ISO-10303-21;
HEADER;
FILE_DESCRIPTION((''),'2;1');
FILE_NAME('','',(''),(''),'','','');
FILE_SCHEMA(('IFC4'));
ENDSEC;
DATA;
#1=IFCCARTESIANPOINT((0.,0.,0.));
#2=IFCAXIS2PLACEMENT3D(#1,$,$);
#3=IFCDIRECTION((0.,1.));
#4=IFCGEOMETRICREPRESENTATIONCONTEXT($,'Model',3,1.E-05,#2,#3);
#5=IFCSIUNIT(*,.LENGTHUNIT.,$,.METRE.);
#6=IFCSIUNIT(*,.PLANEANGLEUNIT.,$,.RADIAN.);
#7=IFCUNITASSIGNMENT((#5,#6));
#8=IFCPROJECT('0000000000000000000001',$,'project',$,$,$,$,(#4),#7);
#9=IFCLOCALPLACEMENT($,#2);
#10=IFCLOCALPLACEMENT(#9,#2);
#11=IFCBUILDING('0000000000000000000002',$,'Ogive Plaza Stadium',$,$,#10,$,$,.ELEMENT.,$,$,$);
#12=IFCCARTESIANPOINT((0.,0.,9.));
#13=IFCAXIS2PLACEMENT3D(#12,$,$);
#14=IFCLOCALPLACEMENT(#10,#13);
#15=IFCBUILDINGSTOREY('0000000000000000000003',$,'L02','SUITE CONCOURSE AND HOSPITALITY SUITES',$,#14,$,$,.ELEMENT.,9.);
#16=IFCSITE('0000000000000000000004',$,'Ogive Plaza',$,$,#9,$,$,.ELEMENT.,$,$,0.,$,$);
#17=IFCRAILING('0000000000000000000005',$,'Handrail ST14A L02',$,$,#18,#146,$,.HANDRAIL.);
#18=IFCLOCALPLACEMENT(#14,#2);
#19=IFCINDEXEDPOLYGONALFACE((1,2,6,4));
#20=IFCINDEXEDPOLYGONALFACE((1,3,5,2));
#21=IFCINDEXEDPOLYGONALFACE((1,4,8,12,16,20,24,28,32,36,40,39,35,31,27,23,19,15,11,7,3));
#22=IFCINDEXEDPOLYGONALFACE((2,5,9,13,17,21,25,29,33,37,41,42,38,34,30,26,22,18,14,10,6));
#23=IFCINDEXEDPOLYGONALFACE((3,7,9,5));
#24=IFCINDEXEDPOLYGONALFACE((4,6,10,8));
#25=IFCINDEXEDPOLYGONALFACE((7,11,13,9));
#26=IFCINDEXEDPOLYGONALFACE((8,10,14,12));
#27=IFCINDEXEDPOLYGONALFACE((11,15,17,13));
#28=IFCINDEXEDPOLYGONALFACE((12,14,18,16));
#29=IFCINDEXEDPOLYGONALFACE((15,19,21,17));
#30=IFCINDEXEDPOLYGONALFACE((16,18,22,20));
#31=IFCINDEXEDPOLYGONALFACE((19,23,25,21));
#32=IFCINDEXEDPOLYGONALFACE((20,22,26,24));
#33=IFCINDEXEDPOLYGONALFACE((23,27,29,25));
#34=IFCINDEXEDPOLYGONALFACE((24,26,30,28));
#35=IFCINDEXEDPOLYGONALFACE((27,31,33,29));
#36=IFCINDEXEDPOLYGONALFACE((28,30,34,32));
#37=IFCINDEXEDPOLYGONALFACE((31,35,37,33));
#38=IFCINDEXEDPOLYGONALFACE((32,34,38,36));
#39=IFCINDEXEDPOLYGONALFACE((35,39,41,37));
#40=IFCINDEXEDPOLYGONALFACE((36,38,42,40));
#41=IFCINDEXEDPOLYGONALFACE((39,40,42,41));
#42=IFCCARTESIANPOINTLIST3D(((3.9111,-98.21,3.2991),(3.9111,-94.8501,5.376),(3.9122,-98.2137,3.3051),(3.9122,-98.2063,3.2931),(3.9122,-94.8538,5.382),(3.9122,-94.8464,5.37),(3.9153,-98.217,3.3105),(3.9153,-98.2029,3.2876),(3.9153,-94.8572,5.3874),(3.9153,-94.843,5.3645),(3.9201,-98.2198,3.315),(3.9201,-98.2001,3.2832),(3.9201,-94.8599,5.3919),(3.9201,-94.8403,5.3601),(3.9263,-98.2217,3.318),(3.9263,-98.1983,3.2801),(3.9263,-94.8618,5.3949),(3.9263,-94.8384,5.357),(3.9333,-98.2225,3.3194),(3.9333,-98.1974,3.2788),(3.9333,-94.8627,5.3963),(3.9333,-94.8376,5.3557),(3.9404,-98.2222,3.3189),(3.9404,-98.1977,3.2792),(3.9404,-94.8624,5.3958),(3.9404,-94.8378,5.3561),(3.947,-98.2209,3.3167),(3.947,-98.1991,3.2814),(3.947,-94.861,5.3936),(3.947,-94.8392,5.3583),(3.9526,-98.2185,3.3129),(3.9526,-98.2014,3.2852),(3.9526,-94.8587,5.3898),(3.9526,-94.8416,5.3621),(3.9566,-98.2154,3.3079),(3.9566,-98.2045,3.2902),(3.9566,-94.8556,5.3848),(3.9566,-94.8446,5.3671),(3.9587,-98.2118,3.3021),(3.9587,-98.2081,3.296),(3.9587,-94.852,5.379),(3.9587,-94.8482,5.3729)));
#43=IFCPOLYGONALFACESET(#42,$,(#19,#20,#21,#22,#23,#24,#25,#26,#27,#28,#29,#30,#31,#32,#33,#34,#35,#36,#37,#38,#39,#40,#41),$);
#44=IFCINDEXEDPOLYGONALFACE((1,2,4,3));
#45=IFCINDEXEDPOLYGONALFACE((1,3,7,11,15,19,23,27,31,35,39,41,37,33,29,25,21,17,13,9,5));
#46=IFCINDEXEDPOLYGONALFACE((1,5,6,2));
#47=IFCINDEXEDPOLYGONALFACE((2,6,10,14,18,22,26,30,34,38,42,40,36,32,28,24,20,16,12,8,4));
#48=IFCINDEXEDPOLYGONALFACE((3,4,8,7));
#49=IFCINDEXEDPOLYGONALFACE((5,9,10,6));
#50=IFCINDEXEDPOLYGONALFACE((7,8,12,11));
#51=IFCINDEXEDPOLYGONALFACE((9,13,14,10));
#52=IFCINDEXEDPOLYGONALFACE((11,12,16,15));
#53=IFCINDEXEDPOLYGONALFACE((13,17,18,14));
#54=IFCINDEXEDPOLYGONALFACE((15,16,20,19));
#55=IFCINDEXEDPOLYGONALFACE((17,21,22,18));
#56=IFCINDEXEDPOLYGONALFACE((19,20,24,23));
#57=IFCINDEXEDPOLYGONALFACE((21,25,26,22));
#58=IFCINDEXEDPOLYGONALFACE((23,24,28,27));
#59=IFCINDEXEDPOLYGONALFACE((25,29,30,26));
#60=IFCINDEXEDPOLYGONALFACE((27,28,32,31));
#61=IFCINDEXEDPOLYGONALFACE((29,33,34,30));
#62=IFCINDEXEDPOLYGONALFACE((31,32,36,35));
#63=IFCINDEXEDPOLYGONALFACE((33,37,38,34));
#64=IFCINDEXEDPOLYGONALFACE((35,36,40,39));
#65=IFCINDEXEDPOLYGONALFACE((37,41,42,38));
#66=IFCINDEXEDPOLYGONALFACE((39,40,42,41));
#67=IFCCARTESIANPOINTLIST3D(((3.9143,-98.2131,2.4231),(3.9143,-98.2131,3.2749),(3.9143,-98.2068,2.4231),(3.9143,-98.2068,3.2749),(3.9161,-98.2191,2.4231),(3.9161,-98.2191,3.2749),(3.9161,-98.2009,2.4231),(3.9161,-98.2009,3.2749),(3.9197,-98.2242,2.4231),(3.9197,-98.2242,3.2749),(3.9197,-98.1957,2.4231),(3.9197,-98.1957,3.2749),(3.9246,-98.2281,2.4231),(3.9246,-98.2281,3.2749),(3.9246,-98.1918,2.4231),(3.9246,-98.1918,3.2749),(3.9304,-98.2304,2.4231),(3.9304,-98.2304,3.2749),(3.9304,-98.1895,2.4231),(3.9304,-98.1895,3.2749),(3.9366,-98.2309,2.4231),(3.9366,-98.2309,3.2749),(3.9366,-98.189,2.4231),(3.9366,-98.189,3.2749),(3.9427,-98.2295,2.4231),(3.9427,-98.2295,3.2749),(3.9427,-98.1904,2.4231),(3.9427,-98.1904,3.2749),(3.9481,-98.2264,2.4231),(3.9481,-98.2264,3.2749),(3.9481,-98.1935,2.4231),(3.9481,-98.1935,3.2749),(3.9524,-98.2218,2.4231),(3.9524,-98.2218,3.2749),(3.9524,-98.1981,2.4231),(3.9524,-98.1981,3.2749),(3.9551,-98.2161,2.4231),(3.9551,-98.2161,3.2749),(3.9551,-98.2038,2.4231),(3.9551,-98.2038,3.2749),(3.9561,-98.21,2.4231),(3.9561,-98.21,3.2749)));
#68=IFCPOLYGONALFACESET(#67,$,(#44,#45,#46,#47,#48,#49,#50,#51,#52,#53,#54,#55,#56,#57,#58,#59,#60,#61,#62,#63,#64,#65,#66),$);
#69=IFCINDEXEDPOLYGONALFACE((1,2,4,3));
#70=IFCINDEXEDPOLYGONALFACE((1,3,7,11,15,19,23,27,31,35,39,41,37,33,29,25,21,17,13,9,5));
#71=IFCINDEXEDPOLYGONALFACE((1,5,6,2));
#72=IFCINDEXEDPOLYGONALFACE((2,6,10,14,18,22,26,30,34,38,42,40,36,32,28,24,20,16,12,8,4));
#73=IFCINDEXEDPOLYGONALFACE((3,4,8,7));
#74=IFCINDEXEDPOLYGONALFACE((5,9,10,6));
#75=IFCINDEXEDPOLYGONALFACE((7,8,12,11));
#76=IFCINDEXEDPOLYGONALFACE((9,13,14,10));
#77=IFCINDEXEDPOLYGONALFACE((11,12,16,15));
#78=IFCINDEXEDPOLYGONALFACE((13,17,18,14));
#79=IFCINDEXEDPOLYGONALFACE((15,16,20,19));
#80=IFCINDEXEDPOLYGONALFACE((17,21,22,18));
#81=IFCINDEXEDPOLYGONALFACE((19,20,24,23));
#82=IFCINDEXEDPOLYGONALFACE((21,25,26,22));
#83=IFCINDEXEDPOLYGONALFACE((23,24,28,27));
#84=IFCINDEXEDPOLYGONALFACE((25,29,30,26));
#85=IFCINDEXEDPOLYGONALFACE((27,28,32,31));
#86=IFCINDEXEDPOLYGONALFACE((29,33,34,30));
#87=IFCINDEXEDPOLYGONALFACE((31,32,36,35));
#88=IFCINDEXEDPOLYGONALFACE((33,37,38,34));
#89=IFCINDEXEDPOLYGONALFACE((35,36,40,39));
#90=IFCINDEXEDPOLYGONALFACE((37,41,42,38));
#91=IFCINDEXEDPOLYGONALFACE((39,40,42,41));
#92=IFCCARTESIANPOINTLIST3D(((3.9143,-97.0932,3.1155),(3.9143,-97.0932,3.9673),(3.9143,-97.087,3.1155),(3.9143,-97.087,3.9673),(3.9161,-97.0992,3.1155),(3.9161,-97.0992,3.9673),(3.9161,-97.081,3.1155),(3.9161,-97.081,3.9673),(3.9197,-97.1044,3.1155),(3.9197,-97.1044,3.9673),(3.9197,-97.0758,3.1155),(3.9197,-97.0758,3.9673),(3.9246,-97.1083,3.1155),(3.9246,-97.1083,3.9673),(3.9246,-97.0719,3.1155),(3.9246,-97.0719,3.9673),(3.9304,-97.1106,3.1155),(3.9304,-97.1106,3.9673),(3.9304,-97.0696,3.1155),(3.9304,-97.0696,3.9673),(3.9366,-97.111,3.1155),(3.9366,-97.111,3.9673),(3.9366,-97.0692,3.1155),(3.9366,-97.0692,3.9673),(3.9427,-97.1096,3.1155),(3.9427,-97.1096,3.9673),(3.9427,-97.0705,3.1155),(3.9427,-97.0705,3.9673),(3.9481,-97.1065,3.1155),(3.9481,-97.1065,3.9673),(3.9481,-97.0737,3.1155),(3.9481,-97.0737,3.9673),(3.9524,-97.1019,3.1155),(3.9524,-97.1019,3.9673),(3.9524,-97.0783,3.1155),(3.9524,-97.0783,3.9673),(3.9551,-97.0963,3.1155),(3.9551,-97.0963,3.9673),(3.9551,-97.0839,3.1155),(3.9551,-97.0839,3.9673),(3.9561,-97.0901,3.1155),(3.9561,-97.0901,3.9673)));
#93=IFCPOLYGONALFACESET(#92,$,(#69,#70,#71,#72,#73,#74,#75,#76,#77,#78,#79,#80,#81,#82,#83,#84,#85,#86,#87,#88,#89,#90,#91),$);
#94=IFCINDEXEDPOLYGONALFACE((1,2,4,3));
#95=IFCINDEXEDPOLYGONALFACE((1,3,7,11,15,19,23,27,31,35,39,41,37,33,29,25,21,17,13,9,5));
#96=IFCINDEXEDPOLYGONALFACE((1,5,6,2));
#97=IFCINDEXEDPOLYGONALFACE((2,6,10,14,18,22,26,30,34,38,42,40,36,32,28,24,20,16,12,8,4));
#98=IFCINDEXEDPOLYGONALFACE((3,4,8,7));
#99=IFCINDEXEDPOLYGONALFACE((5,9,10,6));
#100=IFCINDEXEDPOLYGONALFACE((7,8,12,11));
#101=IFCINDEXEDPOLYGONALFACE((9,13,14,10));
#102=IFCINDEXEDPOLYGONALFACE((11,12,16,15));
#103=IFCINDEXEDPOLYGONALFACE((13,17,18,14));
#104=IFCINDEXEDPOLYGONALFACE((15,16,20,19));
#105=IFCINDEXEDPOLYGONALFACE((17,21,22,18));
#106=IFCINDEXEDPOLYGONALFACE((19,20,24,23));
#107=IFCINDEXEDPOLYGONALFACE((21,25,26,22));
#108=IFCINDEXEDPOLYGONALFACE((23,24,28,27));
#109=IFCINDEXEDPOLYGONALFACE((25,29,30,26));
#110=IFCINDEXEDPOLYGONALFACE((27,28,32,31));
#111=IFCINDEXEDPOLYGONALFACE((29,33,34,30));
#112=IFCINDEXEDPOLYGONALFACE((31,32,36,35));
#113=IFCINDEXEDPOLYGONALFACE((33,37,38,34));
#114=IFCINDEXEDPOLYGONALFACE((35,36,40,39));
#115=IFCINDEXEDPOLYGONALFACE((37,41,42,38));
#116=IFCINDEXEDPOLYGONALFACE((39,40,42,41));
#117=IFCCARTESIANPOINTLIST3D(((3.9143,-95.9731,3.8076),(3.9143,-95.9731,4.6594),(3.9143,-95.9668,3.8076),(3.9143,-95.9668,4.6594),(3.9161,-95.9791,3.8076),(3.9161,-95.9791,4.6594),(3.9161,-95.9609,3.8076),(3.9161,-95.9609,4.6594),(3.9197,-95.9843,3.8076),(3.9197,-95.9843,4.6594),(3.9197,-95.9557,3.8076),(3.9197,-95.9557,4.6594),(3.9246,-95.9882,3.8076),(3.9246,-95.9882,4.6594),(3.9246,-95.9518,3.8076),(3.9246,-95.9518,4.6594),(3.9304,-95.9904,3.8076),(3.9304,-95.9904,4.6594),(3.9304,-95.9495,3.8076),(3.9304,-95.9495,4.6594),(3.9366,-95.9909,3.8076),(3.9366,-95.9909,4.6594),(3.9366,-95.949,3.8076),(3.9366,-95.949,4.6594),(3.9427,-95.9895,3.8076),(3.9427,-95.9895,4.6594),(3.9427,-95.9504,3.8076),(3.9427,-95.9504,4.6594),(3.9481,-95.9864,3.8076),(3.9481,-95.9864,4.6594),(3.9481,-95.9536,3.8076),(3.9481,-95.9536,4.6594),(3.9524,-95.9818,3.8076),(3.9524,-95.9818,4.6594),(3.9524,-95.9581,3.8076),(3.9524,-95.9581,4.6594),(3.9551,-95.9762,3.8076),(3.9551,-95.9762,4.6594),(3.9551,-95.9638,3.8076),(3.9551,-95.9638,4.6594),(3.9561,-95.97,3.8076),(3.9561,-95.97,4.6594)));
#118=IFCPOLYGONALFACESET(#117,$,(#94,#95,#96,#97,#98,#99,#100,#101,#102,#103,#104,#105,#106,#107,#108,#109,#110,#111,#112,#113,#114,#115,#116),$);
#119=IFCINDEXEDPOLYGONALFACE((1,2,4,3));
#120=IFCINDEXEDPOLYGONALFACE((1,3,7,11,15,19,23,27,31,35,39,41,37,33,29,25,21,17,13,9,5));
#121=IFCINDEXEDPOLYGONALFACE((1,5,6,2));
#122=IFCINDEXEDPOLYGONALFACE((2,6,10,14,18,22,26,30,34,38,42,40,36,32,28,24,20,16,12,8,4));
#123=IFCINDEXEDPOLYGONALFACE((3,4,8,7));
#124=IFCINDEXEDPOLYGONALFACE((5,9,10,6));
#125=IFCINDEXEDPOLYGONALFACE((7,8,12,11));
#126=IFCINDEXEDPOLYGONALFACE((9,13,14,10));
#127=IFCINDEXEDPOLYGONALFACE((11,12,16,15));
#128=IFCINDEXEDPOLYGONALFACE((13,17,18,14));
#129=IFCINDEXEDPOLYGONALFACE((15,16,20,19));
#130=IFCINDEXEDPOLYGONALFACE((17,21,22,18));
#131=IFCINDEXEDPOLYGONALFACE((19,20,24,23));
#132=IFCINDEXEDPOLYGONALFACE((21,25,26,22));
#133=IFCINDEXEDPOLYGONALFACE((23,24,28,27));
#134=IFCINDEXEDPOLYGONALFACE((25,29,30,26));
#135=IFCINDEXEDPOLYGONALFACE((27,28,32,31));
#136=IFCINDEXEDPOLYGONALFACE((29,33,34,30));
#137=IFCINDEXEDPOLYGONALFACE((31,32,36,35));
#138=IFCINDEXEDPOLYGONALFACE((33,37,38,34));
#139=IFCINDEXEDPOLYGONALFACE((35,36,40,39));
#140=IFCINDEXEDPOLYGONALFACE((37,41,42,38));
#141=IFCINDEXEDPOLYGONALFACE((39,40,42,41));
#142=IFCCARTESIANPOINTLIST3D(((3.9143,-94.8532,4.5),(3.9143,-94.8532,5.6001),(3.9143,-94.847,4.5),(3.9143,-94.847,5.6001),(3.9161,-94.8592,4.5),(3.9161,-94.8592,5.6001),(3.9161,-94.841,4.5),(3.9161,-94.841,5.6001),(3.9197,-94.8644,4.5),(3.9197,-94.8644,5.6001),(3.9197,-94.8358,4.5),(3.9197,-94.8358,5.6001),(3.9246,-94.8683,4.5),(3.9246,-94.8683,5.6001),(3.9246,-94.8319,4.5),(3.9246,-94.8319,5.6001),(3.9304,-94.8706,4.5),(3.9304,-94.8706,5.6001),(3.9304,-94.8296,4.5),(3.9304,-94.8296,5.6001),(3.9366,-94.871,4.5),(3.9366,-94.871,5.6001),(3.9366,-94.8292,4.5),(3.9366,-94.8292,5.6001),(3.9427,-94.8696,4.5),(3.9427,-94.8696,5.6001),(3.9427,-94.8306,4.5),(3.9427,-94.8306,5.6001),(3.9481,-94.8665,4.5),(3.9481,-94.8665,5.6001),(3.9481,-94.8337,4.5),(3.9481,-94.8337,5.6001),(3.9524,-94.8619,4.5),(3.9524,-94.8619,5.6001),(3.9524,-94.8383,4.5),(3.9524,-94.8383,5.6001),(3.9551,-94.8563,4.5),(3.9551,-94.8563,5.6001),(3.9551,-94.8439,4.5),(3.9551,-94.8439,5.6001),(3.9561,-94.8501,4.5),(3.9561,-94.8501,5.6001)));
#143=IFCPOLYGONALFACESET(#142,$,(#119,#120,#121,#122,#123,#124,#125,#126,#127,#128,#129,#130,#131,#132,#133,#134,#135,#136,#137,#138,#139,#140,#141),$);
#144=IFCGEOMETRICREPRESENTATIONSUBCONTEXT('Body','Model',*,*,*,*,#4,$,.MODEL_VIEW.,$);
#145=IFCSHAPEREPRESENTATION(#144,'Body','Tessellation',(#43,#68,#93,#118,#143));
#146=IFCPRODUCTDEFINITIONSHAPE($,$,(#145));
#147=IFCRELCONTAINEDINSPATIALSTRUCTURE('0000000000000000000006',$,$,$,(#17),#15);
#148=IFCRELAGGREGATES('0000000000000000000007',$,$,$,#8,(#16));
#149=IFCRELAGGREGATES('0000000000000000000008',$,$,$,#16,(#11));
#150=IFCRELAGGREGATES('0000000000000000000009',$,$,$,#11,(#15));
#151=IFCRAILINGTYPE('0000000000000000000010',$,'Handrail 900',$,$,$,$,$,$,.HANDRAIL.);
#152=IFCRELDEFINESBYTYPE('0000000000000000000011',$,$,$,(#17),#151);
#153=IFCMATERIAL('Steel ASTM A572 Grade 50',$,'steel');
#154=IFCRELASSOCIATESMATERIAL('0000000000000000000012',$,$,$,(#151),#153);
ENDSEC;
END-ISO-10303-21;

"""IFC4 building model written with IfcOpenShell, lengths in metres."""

from ifc_helpers import new_model, si_unit, direction, frame, origin, origin_2d, place, context, subcontext, project, spatial, circle, extrude, material, type_object, element, save


model = new_model("IFC4")

# Units and contexts
model_context = context("Model", 3, precision=1e-05, world=origin(), true_north=direction((0.0, 1.0)))
body_context = subcontext(model_context, "Body", "Model", "MODEL_VIEW")
ifc_project = project(units=[si_unit("LENGTHUNIT", "METRE"), si_unit("PLANEANGLEUNIT", "RADIAN")], contexts=[model_context])

# Site, building, storey
site_placement = place(None, origin())
site = spatial("IfcSite", under=ifc_project, at=site_placement, Name="Ogive Plaza", CompositionType="ELEMENT", RefElevation=0.0)
building_placement = place(site_placement, origin())
building = spatial("IfcBuilding", under=site, at=building_placement, Name="Ogive Plaza Stadium", CompositionType="ELEMENT")
storey_placement = place(building_placement, frame((0.0, 0.0, 9.0)))
storey = spatial("IfcBuildingStorey", under=building, at=storey_placement, Name="L02", Description="SUITE CONCOURSE AND HOSPITALITY SUITES", CompositionType="ELEMENT", Elevation=9.0)

# Railing
ifc_material_1 = material(Name="Steel ASTM A572 Grade 50", Category="steel")
railing_type_1 = type_object("IfcRailingType", Name="Handrail 900", PredefinedType="HANDRAIL", material=ifc_material_1)
for number, where, name in (
    (1, (3.9351, -98.21, 2.4231), "Handrail ST14A L02"),
):
    element("IfcRailing", number, at=place(storey_placement, frame(where)), inside=storey, type_object=railing_type_1, Name=name, PredefinedType="HANDRAIL", context=body_context, shape_type="SweptSolid", body=[
        extrude(circle(Radius=0.0239, at=origin_2d()), frame((0.0, 0.0, 0.876), z_axis=(0.0, 0.850606, 0.525803), x_axis=(-1.0, 0.0, 0.0)), (0.0, 0.0, 1.0), 3.95),
        extrude(circle(Radius=0.021, at=origin_2d()), origin(), (0.0, 0.0, 1.0), 0.8518),
        extrude(circle(Radius=0.021, at=origin_2d()), frame((0.0, 1.1199, 0.6924)), (0.0, 0.0, 1.0), 0.8518),
        extrude(circle(Radius=0.021, at=origin_2d()), frame((0.0, 2.24, 1.3845)), (0.0, 0.0, 1.0), 0.8518),
        extrude(circle(Radius=0.021, at=origin_2d()), frame((0.0, 3.3599, 2.0769)), (0.0, 0.0, 1.0), 1.1001),
    ])

save(model, "model.ifc")
